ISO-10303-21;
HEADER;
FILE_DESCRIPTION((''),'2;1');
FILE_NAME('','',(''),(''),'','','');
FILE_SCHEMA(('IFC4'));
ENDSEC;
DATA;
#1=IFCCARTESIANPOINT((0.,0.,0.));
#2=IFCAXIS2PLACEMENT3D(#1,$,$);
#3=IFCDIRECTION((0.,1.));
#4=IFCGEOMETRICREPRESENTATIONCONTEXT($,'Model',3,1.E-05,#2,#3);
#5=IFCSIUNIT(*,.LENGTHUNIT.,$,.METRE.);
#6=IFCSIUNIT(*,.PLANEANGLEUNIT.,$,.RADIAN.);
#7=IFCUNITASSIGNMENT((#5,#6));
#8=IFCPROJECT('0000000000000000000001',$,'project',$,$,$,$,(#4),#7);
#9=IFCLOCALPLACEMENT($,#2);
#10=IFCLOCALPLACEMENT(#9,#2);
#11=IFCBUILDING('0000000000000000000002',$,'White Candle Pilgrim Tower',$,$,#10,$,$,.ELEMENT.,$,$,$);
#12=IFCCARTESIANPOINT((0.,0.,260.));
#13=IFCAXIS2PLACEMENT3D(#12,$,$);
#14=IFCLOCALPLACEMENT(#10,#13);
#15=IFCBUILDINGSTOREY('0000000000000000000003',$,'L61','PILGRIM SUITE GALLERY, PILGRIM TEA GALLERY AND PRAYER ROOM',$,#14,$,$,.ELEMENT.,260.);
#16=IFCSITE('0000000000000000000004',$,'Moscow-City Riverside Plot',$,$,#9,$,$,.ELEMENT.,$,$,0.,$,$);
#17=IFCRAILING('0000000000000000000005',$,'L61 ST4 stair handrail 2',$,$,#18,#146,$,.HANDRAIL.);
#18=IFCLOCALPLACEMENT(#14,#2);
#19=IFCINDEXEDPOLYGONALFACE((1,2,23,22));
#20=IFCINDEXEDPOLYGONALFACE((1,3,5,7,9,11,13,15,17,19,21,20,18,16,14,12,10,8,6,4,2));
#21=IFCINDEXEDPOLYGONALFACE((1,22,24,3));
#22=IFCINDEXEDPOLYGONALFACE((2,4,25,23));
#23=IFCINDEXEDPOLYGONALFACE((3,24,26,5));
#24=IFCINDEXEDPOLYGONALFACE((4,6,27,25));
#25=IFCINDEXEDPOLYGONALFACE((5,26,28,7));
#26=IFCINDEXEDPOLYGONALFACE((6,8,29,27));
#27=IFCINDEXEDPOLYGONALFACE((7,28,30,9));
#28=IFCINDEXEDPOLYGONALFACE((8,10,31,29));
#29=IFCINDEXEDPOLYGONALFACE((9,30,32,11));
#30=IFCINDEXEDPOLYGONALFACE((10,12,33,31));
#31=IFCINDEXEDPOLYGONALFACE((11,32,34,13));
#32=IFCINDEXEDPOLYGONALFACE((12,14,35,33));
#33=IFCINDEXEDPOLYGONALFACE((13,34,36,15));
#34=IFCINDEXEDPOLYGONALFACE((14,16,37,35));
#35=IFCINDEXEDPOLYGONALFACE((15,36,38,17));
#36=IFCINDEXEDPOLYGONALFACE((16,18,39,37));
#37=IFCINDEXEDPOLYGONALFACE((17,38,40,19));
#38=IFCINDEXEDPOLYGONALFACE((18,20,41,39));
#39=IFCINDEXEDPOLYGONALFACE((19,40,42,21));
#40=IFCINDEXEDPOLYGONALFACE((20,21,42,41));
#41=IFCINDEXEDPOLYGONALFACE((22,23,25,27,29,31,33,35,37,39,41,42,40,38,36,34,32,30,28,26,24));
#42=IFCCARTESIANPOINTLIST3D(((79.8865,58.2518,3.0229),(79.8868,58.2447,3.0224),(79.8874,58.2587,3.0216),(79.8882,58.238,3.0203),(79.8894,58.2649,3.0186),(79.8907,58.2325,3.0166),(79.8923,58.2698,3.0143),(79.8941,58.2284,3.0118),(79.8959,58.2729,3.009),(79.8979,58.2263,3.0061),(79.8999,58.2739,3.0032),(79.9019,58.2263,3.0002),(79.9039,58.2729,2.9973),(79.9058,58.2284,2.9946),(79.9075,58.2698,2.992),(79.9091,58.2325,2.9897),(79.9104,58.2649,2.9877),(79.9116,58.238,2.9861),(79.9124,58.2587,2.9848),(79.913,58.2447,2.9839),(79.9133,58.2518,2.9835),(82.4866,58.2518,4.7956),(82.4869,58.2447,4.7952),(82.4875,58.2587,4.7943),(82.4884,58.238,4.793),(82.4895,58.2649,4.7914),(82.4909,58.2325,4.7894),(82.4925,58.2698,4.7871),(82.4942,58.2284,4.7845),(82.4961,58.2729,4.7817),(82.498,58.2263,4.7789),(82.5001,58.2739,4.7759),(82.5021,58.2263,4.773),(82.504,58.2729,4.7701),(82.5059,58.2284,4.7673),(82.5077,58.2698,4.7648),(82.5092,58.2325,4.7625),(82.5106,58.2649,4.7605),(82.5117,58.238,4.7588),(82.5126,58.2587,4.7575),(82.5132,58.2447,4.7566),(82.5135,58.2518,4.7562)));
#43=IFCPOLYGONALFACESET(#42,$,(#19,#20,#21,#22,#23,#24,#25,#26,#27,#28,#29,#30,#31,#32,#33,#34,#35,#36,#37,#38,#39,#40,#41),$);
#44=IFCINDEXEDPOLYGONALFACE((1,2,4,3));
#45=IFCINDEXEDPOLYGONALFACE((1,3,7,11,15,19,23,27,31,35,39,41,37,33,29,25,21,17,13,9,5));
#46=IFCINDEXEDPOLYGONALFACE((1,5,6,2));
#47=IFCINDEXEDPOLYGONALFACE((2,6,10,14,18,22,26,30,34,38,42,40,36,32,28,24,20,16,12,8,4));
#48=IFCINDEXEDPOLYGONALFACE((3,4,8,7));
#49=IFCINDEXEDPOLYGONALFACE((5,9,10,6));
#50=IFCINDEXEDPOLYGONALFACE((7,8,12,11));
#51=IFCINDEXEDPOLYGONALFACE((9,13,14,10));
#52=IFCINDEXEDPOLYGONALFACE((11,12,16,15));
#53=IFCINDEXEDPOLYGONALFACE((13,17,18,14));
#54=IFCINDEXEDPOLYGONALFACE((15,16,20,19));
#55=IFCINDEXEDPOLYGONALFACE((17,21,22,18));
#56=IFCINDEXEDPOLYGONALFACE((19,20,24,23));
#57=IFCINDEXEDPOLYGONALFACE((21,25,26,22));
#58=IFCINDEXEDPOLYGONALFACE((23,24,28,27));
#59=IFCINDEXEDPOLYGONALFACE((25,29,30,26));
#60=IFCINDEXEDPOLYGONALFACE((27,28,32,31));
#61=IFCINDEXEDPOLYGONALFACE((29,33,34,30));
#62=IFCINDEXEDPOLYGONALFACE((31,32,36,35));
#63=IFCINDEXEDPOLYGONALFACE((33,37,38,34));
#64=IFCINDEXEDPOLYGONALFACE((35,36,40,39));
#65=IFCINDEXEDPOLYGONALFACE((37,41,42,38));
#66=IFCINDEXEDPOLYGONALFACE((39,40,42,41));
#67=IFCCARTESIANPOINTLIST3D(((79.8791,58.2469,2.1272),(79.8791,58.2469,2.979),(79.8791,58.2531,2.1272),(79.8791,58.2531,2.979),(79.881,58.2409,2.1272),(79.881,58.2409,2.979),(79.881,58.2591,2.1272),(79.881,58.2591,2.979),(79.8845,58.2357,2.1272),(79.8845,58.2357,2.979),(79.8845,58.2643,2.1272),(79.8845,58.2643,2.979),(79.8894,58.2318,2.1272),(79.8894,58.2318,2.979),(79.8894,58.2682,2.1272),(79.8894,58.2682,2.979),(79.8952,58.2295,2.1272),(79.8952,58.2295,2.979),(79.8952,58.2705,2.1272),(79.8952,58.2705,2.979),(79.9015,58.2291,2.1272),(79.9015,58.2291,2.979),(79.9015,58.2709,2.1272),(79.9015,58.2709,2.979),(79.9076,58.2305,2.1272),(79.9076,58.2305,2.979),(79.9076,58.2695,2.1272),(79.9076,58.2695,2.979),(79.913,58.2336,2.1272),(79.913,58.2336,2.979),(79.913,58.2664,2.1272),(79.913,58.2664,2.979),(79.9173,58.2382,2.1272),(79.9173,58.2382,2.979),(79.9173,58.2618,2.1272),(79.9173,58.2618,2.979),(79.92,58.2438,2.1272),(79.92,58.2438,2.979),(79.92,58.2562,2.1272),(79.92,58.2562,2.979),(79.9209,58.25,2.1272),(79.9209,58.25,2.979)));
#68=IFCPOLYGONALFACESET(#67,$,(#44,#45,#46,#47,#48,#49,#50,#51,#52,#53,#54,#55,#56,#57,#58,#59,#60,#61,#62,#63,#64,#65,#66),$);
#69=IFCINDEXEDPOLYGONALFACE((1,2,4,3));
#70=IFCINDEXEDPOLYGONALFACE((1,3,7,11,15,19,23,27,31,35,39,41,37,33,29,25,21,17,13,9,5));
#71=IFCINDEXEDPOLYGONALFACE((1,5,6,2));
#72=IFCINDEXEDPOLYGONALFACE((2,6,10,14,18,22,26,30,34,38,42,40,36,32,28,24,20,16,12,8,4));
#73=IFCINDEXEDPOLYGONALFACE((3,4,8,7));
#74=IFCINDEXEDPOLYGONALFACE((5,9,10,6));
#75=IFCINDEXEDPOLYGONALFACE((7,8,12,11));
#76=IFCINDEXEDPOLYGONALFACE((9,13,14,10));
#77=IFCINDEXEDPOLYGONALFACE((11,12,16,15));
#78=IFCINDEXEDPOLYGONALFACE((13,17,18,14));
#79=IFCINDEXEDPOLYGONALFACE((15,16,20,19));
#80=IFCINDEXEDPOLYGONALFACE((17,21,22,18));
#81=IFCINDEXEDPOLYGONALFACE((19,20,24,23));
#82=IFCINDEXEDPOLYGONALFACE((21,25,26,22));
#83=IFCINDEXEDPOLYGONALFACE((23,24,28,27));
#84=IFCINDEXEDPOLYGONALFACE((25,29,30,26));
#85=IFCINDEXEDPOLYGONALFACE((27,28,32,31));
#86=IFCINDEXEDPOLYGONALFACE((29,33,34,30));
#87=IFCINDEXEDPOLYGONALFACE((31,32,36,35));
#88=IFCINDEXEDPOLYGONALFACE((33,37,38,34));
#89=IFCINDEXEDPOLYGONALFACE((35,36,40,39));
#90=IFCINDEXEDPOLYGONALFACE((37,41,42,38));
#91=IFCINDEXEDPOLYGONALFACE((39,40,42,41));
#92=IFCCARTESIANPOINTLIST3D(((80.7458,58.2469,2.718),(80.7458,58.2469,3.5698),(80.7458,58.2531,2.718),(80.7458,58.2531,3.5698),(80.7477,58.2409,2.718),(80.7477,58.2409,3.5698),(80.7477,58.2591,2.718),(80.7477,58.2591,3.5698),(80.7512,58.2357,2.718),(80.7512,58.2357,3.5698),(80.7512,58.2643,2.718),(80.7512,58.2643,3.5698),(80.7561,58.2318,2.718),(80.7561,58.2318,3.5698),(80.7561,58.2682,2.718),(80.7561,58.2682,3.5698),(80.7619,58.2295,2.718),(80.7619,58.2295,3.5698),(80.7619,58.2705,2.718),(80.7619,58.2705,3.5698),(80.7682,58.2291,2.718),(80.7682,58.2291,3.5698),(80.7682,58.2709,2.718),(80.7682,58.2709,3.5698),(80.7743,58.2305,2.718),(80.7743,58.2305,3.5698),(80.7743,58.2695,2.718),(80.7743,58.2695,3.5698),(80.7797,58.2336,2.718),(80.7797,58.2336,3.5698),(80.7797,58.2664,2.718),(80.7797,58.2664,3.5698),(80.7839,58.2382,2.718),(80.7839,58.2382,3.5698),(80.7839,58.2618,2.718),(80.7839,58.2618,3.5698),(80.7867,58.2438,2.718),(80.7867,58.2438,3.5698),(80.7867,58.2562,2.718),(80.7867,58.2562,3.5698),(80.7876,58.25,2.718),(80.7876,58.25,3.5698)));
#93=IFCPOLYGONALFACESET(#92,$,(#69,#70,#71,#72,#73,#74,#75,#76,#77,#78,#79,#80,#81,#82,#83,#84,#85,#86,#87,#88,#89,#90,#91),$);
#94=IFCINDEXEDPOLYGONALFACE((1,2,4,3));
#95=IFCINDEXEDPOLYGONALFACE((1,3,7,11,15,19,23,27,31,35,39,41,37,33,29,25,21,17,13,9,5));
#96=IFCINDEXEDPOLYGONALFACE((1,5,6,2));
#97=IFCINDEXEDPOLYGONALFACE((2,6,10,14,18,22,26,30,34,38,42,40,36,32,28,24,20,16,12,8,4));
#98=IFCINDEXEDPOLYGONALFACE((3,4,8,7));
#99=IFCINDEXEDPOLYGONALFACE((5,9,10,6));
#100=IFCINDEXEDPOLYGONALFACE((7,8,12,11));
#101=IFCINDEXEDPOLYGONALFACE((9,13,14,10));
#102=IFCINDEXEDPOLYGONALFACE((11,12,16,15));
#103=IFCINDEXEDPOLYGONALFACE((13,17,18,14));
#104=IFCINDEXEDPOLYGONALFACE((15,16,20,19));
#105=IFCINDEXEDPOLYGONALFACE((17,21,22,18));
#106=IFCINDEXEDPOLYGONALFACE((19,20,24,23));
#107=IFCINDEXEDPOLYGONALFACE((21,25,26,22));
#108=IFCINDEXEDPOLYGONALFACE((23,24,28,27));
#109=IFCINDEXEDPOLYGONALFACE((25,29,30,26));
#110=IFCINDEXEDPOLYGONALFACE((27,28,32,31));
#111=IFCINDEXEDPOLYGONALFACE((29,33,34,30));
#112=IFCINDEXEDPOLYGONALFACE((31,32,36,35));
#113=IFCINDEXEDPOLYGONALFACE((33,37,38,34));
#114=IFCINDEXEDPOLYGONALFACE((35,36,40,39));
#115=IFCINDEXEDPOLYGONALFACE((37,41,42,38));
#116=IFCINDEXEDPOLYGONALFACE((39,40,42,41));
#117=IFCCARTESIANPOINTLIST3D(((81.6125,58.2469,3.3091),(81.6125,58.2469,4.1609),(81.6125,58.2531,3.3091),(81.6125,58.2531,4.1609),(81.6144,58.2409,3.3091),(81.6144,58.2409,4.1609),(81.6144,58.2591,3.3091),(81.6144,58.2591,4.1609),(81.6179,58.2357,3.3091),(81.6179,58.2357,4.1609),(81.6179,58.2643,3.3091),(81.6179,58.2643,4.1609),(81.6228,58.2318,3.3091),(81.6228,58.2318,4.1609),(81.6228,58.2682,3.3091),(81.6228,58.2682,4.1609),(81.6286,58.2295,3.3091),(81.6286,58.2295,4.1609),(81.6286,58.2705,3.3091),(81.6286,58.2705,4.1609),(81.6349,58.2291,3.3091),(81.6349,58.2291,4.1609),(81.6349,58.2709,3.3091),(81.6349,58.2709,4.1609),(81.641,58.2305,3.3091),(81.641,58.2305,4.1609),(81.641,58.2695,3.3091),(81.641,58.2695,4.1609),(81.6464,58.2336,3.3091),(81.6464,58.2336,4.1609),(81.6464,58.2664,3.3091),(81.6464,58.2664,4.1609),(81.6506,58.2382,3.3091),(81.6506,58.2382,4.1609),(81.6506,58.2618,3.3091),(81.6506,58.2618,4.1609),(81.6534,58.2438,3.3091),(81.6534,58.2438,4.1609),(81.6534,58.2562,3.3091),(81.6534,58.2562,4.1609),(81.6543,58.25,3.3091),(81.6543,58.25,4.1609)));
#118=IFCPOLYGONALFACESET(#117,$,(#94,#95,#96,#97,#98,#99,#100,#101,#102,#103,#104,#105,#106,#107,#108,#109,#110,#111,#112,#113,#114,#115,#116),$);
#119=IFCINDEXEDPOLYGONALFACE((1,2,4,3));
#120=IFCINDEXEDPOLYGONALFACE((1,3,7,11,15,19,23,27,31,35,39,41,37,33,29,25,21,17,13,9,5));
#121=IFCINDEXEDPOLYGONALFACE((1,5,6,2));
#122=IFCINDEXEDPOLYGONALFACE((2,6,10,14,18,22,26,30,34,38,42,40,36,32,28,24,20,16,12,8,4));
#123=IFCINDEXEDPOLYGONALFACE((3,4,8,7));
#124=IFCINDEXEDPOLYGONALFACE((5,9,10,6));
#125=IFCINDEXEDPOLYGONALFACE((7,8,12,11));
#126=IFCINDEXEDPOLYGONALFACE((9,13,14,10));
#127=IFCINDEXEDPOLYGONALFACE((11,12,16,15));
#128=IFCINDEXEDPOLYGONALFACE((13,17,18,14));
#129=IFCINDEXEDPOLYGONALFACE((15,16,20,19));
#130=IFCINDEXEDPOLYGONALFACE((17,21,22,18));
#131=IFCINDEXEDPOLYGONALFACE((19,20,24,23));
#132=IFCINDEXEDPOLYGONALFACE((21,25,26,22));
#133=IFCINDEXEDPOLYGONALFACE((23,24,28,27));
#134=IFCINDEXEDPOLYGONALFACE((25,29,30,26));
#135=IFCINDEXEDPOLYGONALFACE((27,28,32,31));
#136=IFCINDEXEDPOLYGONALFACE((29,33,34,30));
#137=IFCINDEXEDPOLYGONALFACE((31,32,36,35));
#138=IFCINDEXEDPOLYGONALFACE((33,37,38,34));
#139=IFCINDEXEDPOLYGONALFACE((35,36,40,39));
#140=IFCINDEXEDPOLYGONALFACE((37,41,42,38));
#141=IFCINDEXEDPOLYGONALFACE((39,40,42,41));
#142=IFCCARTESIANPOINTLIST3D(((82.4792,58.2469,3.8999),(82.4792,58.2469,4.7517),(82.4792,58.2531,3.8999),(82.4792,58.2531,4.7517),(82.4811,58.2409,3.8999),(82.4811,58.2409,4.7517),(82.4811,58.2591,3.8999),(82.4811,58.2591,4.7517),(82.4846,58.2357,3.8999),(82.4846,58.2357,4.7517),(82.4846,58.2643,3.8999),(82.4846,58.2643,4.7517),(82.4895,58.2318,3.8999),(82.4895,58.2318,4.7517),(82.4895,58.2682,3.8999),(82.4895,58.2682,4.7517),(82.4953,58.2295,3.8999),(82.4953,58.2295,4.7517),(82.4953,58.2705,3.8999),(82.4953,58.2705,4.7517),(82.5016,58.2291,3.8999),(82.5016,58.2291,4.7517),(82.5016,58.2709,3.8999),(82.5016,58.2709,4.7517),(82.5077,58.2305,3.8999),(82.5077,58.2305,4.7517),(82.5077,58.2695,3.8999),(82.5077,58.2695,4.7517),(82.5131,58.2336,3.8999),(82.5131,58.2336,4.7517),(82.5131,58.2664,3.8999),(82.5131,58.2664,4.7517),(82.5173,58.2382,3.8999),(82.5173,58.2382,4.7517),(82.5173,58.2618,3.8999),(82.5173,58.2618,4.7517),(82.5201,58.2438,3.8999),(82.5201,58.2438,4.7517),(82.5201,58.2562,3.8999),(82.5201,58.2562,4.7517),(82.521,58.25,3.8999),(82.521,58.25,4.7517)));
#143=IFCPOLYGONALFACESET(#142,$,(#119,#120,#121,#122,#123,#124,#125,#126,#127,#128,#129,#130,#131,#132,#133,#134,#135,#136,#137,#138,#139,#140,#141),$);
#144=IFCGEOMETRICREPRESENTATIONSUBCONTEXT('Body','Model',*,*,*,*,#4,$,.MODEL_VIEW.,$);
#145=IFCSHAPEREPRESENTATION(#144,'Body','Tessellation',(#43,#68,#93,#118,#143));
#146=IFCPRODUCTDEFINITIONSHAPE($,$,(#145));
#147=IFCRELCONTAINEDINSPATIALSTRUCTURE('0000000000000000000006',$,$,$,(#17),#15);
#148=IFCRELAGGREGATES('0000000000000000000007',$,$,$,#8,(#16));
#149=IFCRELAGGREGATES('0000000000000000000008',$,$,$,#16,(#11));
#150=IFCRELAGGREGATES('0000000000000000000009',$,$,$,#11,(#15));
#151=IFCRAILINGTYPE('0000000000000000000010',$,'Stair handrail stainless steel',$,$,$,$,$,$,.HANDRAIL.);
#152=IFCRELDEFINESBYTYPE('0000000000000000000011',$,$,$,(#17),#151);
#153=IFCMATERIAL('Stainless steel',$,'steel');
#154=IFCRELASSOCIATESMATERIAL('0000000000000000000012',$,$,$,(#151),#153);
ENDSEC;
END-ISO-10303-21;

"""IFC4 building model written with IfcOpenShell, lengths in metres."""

from ifc_helpers import new_model, si_unit, direction, frame, origin, origin_2d, place, context, subcontext, project, spatial, circle, extrude, material, type_object, element, save


model = new_model("IFC4")

# Units and contexts
model_context = context("Model", 3, precision=1e-05, world=origin(), true_north=direction((0.0, 1.0)))
body_context = subcontext(model_context, "Body", "Model", "MODEL_VIEW")
ifc_project = project(units=[si_unit("LENGTHUNIT", "METRE"), si_unit("PLANEANGLEUNIT", "RADIAN")], contexts=[model_context])

# Site, building, storey
site_placement = place(None, origin())
site = spatial("IfcSite", under=ifc_project, at=site_placement, Name="Moscow-City Riverside Plot", CompositionType="ELEMENT", RefElevation=0.0)
building_placement = place(site_placement, origin())
building = spatial("IfcBuilding", under=site, at=building_placement, Name="White Candle Pilgrim Tower", CompositionType="ELEMENT")
storey_placement = place(building_placement, frame((0.0, 0.0, 260.0)))
storey = spatial("IfcBuildingStorey", under=building, at=storey_placement, Name="L61", Description="PILGRIM SUITE GALLERY, PILGRIM TEA GALLERY AND PRAYER ROOM", CompositionType="ELEMENT", Elevation=260.0)

# Railing
ifc_material_1 = material(Name="Stainless steel", Category="steel")
railing_type_1 = type_object("IfcRailingType", Name="Stair handrail stainless steel", PredefinedType="HANDRAIL", material=ifc_material_1)
railing_1_placement = place(storey_placement, frame((79.8999, 58.25, 2.1272)))
element("IfcRailing", 1, at=railing_1_placement, inside=storey, type_object=railing_type_1, Name="L61 ST4 stair handrail 2", PredefinedType="HANDRAIL", context=body_context, shape_type="SweptSolid", body=[
    extrude(circle(Radius=0.0239, at=origin_2d()), frame((0.0, 0.0, 0.876), z_axis=(0.82624, 0.0, 0.563318), x_axis=(0.0, 1.0, 0.0)), (0.0, 0.0, 1.0), 3.147),
    extrude(circle(Radius=0.021, at=origin_2d()), origin(), (0.0, 0.0, 1.0), 0.8518),
    extrude(circle(Radius=0.021, at=origin_2d()), frame((0.8667, 0.0, 0.5908)), (0.0, 0.0, 1.0), 0.8518),
    extrude(circle(Radius=0.021, at=origin_2d()), frame((1.7334, 0.0, 1.1819)), (0.0, 0.0, 1.0), 0.8518),
    extrude(circle(Radius=0.021, at=origin_2d()), frame((2.6001, 0.0, 1.7727)), (0.0, 0.0, 1.0), 0.8518),
])

save(model, "model.ifc")
